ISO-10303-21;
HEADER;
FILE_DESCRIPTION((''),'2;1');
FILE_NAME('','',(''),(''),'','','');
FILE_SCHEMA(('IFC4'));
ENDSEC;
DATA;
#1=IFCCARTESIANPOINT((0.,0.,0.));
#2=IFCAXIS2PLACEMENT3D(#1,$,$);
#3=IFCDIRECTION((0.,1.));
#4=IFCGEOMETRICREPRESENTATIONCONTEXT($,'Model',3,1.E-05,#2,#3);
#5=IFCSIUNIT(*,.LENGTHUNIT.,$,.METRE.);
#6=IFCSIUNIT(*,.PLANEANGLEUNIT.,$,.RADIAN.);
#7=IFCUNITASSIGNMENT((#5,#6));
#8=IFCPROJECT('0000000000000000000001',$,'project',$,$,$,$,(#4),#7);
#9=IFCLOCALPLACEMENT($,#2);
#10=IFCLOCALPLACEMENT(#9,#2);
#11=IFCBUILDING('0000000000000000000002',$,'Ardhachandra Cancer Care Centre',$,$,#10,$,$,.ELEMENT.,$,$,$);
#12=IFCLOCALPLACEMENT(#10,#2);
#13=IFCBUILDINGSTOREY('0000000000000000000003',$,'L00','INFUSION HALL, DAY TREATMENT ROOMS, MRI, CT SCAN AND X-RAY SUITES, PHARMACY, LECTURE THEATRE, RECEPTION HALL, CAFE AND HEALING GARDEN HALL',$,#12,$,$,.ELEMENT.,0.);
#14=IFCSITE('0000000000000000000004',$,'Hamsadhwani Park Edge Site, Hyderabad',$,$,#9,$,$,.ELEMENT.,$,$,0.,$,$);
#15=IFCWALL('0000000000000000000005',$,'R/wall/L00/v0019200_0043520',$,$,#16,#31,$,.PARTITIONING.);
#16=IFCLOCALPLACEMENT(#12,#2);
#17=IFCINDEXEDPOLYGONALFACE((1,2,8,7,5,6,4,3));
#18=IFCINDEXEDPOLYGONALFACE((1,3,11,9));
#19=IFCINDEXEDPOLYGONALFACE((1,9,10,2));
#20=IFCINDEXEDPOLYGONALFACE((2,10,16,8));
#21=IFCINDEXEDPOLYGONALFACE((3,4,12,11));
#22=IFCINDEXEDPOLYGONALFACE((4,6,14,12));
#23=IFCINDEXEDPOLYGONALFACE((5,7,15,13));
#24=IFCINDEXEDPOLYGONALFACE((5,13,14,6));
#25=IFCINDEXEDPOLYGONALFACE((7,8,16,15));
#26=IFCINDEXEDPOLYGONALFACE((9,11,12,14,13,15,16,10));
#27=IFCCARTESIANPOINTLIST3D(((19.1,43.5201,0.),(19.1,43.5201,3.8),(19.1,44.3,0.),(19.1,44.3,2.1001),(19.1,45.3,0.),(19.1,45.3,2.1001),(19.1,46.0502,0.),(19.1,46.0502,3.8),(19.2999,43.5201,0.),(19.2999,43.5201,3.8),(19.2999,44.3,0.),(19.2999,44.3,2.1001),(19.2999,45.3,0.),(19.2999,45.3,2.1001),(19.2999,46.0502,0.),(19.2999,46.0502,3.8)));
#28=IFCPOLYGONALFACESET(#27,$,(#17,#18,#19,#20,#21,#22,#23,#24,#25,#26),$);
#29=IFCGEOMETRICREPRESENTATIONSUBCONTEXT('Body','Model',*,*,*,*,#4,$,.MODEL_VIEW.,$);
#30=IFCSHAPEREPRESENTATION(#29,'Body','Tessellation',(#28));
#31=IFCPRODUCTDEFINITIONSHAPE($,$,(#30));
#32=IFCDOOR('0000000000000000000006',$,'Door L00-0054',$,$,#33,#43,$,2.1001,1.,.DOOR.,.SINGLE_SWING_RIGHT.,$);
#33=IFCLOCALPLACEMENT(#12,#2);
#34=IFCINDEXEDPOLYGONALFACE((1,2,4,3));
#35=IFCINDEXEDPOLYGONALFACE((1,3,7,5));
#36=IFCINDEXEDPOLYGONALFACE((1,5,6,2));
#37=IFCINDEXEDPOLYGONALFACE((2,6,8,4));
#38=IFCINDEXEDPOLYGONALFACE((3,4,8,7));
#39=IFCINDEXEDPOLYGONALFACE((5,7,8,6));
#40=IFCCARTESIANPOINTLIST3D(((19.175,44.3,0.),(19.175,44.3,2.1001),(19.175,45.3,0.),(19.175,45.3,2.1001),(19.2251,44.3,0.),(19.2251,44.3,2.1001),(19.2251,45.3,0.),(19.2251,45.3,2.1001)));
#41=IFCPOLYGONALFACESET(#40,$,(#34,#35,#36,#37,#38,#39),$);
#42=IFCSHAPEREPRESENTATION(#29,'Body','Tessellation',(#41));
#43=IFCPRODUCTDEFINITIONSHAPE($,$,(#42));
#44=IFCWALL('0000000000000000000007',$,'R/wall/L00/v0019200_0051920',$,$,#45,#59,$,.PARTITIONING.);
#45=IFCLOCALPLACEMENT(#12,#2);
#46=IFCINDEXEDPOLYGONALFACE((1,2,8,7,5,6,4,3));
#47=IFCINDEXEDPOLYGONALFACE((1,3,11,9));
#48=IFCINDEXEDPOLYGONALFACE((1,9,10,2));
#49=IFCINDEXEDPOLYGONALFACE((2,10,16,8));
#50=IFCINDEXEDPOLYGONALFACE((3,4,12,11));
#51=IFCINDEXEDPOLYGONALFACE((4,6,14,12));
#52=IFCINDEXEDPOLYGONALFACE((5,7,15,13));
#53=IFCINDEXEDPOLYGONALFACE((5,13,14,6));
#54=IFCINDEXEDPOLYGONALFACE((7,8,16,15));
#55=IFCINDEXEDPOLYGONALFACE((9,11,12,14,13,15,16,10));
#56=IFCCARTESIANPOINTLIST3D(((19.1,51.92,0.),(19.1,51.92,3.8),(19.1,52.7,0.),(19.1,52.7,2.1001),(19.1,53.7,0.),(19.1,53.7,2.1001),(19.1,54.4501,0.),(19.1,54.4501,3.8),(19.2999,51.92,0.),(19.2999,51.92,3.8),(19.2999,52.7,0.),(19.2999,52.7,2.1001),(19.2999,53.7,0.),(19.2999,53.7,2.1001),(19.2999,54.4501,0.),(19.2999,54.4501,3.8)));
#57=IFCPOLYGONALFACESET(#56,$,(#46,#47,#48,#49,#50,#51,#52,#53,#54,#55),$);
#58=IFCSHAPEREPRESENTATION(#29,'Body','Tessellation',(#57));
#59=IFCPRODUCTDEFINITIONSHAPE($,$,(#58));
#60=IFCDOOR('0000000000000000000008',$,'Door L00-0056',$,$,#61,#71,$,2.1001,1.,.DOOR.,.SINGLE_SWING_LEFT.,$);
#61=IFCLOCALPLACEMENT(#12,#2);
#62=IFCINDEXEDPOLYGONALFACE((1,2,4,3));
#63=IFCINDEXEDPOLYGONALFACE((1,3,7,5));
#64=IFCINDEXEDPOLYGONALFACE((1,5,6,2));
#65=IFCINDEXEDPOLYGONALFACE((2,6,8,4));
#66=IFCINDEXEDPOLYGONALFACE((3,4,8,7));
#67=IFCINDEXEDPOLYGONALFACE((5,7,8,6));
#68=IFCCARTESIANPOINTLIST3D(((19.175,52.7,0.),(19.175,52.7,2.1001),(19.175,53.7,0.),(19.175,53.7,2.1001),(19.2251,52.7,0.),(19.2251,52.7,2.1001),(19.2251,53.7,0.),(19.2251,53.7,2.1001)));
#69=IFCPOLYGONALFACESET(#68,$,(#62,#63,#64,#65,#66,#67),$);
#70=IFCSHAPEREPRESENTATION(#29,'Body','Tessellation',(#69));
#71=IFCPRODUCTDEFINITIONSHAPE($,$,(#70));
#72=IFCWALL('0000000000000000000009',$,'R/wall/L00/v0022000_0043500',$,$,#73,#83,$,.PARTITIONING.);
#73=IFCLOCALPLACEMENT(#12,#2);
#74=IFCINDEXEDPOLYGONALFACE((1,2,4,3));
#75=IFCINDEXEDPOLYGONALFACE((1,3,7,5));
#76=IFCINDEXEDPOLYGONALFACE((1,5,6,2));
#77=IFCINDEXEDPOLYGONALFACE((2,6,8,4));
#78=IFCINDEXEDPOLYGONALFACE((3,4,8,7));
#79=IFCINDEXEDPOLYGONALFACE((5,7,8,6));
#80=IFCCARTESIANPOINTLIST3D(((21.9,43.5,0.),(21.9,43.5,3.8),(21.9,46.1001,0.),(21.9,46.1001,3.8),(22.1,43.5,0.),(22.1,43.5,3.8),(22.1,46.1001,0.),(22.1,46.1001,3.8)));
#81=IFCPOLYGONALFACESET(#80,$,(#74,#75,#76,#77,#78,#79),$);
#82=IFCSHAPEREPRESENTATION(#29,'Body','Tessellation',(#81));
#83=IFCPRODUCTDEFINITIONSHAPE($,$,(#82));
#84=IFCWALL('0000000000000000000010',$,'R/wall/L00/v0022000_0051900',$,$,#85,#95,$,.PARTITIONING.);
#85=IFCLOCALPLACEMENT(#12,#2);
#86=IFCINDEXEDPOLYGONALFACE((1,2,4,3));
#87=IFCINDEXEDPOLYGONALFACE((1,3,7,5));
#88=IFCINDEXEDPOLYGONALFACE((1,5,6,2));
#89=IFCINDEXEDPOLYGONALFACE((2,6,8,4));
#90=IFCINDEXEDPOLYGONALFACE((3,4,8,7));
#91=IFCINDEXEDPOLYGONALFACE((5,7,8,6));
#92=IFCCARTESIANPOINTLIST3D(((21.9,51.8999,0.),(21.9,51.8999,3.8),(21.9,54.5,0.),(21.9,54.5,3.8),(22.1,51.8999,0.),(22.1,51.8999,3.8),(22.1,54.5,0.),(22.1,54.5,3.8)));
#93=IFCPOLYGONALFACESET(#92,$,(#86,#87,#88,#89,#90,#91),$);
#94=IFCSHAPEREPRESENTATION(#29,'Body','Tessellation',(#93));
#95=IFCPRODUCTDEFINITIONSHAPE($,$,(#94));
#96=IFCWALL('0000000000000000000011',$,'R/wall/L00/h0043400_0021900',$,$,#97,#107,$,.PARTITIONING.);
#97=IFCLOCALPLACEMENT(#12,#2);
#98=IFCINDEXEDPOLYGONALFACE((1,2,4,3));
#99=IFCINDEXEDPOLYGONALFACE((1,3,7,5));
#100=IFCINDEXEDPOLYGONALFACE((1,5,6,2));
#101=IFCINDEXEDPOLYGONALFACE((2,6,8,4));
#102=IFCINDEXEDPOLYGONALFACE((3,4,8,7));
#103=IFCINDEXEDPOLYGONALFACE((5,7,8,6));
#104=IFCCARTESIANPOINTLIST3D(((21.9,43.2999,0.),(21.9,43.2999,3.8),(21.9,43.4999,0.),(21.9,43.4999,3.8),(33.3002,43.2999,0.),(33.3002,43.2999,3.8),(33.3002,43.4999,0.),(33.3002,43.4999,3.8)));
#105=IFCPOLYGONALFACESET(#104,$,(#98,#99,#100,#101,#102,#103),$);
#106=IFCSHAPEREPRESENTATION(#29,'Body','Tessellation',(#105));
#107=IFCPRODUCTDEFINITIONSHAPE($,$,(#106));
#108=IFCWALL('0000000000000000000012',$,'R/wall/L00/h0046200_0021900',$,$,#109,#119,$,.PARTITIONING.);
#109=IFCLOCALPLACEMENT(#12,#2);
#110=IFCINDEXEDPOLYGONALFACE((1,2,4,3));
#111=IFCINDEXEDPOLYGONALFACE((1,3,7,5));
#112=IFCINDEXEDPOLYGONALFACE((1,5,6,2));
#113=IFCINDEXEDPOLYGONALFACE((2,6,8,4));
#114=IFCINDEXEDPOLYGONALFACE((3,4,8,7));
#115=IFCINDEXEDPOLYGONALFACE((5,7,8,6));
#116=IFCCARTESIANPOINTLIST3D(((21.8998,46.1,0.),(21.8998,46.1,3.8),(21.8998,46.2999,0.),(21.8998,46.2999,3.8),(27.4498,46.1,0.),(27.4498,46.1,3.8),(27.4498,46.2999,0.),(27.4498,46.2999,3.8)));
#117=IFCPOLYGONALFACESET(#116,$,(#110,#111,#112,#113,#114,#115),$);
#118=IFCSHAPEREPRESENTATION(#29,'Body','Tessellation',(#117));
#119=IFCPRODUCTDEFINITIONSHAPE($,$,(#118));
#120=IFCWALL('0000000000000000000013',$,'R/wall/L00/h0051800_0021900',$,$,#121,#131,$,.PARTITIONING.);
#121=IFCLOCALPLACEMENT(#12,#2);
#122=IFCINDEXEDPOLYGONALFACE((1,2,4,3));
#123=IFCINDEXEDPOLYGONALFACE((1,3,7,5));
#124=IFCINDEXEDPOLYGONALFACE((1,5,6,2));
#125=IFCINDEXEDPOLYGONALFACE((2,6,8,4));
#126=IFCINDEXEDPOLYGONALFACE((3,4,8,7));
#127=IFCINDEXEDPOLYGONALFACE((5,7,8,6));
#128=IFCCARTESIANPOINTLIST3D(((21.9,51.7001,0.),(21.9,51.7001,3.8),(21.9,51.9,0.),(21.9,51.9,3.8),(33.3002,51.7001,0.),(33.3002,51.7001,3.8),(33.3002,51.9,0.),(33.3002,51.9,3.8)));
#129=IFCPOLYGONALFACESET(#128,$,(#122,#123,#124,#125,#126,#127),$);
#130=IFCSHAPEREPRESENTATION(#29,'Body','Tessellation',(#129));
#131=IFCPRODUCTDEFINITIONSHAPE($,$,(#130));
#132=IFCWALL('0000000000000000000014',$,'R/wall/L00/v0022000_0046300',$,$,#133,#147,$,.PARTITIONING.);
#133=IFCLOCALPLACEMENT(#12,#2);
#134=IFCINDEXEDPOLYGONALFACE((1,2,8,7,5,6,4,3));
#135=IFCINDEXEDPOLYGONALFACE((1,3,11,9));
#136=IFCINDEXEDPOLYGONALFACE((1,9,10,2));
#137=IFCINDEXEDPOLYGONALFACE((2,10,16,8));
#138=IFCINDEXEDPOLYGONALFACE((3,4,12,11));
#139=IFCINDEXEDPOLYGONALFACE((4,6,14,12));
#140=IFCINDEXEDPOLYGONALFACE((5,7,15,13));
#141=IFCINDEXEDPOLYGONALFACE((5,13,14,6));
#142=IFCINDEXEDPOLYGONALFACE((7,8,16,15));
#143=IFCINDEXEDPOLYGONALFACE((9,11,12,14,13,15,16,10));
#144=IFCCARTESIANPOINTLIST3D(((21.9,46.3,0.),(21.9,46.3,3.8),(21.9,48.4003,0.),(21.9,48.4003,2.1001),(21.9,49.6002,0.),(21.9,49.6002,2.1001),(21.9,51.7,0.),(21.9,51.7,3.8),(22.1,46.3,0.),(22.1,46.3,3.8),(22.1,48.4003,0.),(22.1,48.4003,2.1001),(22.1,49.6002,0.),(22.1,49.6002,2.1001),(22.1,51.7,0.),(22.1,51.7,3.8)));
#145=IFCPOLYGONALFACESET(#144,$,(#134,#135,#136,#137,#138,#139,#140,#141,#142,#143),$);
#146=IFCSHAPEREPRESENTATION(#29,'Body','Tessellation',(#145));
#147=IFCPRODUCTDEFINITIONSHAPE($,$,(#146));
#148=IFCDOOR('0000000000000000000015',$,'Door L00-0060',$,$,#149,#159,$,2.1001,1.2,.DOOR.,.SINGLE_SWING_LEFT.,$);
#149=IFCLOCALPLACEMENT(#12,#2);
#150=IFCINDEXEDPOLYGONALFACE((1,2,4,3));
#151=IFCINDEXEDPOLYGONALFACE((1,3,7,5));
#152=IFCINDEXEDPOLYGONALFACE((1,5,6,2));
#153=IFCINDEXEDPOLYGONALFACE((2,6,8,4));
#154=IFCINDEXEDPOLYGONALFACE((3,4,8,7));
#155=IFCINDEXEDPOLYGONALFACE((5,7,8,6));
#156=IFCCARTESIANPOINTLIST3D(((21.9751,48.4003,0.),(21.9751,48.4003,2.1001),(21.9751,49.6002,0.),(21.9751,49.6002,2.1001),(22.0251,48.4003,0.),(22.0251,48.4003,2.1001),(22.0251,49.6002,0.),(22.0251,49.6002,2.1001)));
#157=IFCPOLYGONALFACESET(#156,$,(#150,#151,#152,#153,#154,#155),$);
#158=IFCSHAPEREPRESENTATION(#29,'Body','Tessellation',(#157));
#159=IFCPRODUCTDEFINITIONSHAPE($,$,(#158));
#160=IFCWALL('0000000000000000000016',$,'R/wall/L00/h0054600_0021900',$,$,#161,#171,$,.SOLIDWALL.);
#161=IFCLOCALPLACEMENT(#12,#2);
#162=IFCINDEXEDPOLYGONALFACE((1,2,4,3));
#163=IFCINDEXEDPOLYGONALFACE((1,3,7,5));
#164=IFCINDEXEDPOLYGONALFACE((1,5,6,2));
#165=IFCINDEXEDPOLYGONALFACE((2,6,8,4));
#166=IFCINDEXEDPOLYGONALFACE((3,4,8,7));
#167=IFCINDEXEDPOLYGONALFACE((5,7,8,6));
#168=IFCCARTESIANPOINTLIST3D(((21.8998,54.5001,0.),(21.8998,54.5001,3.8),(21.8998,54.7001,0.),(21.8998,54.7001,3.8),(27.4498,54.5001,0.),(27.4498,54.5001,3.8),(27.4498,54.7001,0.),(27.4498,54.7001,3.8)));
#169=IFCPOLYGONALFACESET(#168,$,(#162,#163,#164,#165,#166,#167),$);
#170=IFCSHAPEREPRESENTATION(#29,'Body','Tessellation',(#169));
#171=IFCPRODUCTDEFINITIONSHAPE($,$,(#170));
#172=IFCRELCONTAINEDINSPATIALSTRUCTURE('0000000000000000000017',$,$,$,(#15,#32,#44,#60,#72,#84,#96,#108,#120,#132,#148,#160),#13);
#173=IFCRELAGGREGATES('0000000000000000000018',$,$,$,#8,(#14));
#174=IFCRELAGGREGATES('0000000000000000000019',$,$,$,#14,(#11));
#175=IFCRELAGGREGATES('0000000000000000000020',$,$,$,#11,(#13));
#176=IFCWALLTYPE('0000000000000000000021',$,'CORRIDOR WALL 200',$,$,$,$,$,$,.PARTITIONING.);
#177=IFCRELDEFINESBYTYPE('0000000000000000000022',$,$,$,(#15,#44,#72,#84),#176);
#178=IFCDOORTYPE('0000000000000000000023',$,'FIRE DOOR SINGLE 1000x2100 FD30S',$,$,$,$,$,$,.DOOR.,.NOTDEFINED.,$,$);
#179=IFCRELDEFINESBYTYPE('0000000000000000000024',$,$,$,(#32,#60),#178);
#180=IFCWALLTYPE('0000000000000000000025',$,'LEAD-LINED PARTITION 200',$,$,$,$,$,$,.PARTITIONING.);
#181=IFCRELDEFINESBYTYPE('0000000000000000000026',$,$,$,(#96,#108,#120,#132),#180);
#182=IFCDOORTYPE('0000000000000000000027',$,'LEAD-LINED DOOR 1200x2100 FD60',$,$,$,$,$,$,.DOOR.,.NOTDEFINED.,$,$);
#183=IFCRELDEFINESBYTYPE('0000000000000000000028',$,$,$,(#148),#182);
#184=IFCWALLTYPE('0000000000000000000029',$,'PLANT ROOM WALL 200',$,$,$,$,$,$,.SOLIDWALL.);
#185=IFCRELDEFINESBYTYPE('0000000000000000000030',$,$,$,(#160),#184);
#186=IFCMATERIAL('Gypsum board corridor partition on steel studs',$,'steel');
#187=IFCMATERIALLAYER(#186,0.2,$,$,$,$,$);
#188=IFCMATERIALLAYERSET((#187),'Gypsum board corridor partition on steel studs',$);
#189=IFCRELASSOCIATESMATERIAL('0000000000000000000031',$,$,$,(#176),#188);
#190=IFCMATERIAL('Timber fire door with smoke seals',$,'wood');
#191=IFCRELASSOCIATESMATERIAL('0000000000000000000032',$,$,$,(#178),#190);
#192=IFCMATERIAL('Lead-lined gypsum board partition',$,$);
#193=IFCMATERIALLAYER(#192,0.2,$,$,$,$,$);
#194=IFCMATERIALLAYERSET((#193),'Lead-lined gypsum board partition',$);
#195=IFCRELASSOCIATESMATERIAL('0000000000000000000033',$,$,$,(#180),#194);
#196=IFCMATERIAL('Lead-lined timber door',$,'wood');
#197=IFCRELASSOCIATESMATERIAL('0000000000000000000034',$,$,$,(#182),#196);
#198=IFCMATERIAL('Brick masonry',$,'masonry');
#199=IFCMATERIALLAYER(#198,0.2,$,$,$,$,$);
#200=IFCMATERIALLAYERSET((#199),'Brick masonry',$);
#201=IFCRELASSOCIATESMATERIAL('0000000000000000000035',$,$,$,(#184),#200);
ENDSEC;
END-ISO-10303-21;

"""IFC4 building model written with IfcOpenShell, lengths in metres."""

from ifc_helpers import new_model, si_unit, direction, frame, frame_2d, origin, place, context, subcontext, project, spatial, rectangle, extrude, material, layer, layer_set, type_object, element, fill, save


model = new_model("IFC4")

# Units and contexts
model_context = context("Model", 3, precision=1e-05, world=origin(), true_north=direction((0.0, 1.0)))
body_context = subcontext(model_context, "Body", "Model", "MODEL_VIEW")
ifc_project = project(units=[si_unit("LENGTHUNIT", "METRE"), si_unit("PLANEANGLEUNIT", "RADIAN")], contexts=[model_context])

# Site, building, storey
site_placement = place(None, origin())
site = spatial("IfcSite", under=ifc_project, at=site_placement, Name="Hamsadhwani Park Edge Site, Hyderabad", CompositionType="ELEMENT", RefElevation=0.0)
building_placement = place(site_placement, origin())
building = spatial("IfcBuilding", under=site, at=building_placement, Name="Ardhachandra Cancer Care Centre", CompositionType="ELEMENT")
storey_placement = place(building_placement, origin())
storey = spatial("IfcBuildingStorey", under=building, at=storey_placement, Name="L00", Description="INFUSION HALL, DAY TREATMENT ROOMS, MRI, CT SCAN AND X-RAY SUITES, PHARMACY, LECTURE THEATRE, RECEPTION HALL, CAFE AND HEALING GARDEN HALL", CompositionType="ELEMENT", Elevation=0.0)

# Walls, openings, doors
ifc_material_1 = material(Name="Gypsum board corridor partition on steel studs", Category="steel")
ifc_layer_1 = layer(ifc_material_1, 0.2)
ifc_layer_set_1 = layer_set([ifc_layer_1], Name="Gypsum board corridor partition on steel studs")
wall_type_1 = type_object("IfcWallType", Name="CORRIDOR WALL 200", PredefinedType="PARTITIONING", material=ifc_layer_set_1)
wall_1_placement = place(storey_placement, frame((19.2, 43.52, 0.0), z_axis=(0.0, 0.0, 1.0), x_axis=(0.0, 1.0, 0.0)))
wall_1 = element("IfcWall", 1, at=wall_1_placement, inside=storey, type_object=wall_type_1, Name="R/wall/L00/v0019200_0043520", PredefinedType="PARTITIONING", context=body_context, shape_type="SweptSolid", body=[
    extrude(rectangle(XDim=2.53, YDim=0.2, at=frame_2d((1.2651, 0.0))), origin(), (0.0, 0.0, 1.0), 3.8),
])
opening_1_placement = place(wall_1_placement, frame((0.78, 0.0, 0.0)))
opening_1 = element("IfcOpeningElement", 2, at=opening_1_placement, cuts=wall_1, PredefinedType="OPENING", context=body_context, shape_type="SweptSolid", body=[
    extrude(rectangle(XDim=1.0, YDim=2.1001, at=frame_2d((0.5, 1.05))), frame((0.0, 0.1099, 0.0), z_axis=(0.0, -1.0, 0.0), x_axis=(1.0, 0.0, 0.0)), (0.0, 0.0, 1.0), 0.22),
])
ifc_material_2 = material(Name="Timber fire door with smoke seals", Category="wood")
door_type_1 = type_object("IfcDoorType", Name="FIRE DOOR SINGLE 1000x2100 FD30S", OperationType="NOTDEFINED", PredefinedType="DOOR", material=ifc_material_2)
door_1_placement = place(opening_1_placement, origin())
door_1 = element("IfcDoor", 3, at=door_1_placement, inside=storey, type_object=door_type_1, Name="Door L00-0054", OperationType="SINGLE_SWING_RIGHT", OverallHeight=2.1001, OverallWidth=1.0, PredefinedType="DOOR", context=body_context, shape_type="SweptSolid", body=[
    extrude(rectangle(XDim=1.0, YDim=2.1001, at=frame_2d((0.5, 1.05))), frame((0.0, 0.0249, 0.0), z_axis=(0.0, -1.0, 0.0), x_axis=(1.0, 0.0, 0.0)), (0.0, 0.0, 1.0), 0.05),
])
fill(opening_1, door_1)
wall_2_placement = place(storey_placement, frame((19.2, 51.9199, 0.0), z_axis=(0.0, 0.0, 1.0), x_axis=(0.0, 1.0, 0.0)))
wall_2 = element("IfcWall", 4, at=wall_2_placement, inside=storey, type_object=wall_type_1, Name="R/wall/L00/v0019200_0051920", PredefinedType="PARTITIONING", context=body_context, shape_type="SweptSolid", body=[
    extrude(rectangle(XDim=2.53, YDim=0.2, at=frame_2d((1.2651, 0.0))), origin(), (0.0, 0.0, 1.0), 3.8),
])
opening_2_placement = place(wall_2_placement, frame((0.78, 0.0, 0.0)))
opening_2 = element("IfcOpeningElement", 5, at=opening_2_placement, cuts=wall_2, PredefinedType="OPENING", context=body_context, shape_type="SweptSolid", body=[
    extrude(rectangle(XDim=1.0, YDim=2.1001, at=frame_2d((0.5, 1.05))), frame((0.0, 0.1099, 0.0), z_axis=(0.0, -1.0, 0.0), x_axis=(1.0, 0.0, 0.0)), (0.0, 0.0, 1.0), 0.22),
])
door_2_placement = place(opening_2_placement, origin())
door_2 = element("IfcDoor", 6, at=door_2_placement, inside=storey, type_object=door_type_1, Name="Door L00-0056", OperationType="SINGLE_SWING_LEFT", OverallHeight=2.1001, OverallWidth=1.0, PredefinedType="DOOR", context=body_context, shape_type="SweptSolid", body=[
    extrude(rectangle(XDim=1.0, YDim=2.1001, at=frame_2d((0.5, 1.05))), frame((0.0, 0.0249, 0.0), z_axis=(0.0, -1.0, 0.0), x_axis=(1.0, 0.0, 0.0)), (0.0, 0.0, 1.0), 0.05),
])
fill(opening_2, door_2)

# Walls
for number, where, z_axis, x_axis, name in (
    (7, (22.0, 43.5, 0.0), (0.0, 0.0, 1.0), (0.0, 1.0, 0.0), "R/wall/L00/v0022000_0043500"),
    (8, (22.0, 51.8999, 0.0), (0.0, 0.0, 1.0), (0.0, 1.0, 0.0), "R/wall/L00/v0022000_0051900"),
):
    element("IfcWall", number, at=place(storey_placement, frame(where, z_axis=z_axis, x_axis=x_axis)), inside=storey, type_object=wall_type_1, Name=name, PredefinedType="PARTITIONING", context=body_context, shape_type="SweptSolid", body=[
        extrude(rectangle(XDim=2.6001, YDim=0.2, at=frame_2d((1.3, 0.0))), origin(), (0.0, 0.0, 1.0), 3.8),
    ])
ifc_material_3 = material(Name="Lead-lined gypsum board partition")
ifc_layer_2 = layer(ifc_material_3, 0.2)
ifc_layer_set_2 = layer_set([ifc_layer_2], Name="Lead-lined gypsum board partition")
wall_type_2 = type_object("IfcWallType", Name="LEAD-LINED PARTITION 200", PredefinedType="PARTITIONING", material=ifc_layer_set_2)
wall_3_placement = place(storey_placement, frame((21.8999, 43.3999, 0.0), z_axis=(0.0, 0.0, 1.0), x_axis=(1.0, 0.0, 0.0)))
element("IfcWall", 9, at=wall_3_placement, inside=storey, type_object=wall_type_2, Name="R/wall/L00/h0043400_0021900", PredefinedType="PARTITIONING", context=body_context, shape_type="SweptSolid", body=[
    extrude(rectangle(XDim=11.4001, YDim=0.2, at=frame_2d((5.7002, 0.0))), origin(), (0.0, 0.0, 1.0), 3.8),
])
wall_4_placement = place(storey_placement, frame((21.8999, 46.2, 0.0), z_axis=(0.0, 0.0, 1.0), x_axis=(1.0, 0.0, 0.0)))
element("IfcWall", 10, at=wall_4_placement, inside=storey, type_object=wall_type_2, Name="R/wall/L00/h0046200_0021900", PredefinedType="PARTITIONING", context=body_context, shape_type="SweptSolid", body=[
    extrude(rectangle(XDim=5.55, YDim=0.2, at=frame_2d((2.7749, 0.0))), origin(), (0.0, 0.0, 1.0), 3.8),
])
wall_5_placement = place(storey_placement, frame((21.8999, 51.8, 0.0), z_axis=(0.0, 0.0, 1.0), x_axis=(1.0, 0.0, 0.0)))
element("IfcWall", 11, at=wall_5_placement, inside=storey, type_object=wall_type_2, Name="R/wall/L00/h0051800_0021900", PredefinedType="PARTITIONING", context=body_context, shape_type="SweptSolid", body=[
    extrude(rectangle(XDim=11.4001, YDim=0.2, at=frame_2d((5.7002, 0.0))), origin(), (0.0, 0.0, 1.0), 3.8),
])

# Wall, opening, door
wall_6_placement = place(storey_placement, frame((22.0, 46.3, 0.0), z_axis=(0.0, 0.0, 1.0), x_axis=(0.0, 1.0, 0.0)))
wall_6 = element("IfcWall", 12, at=wall_6_placement, inside=storey, type_object=wall_type_2, Name="R/wall/L00/v0022000_0046300", PredefinedType="PARTITIONING", context=body_context, shape_type="SweptSolid", body=[
    extrude(rectangle(XDim=5.3999, YDim=0.2, at=frame_2d((2.7, 0.0))), origin(), (0.0, 0.0, 1.0), 3.8),
])
opening_3_placement = place(wall_6_placement, frame((2.1001, 0.0, 0.0)))
opening_3 = element("IfcOpeningElement", 13, at=opening_3_placement, cuts=wall_6, PredefinedType="OPENING", context=body_context, shape_type="SweptSolid", body=[
    extrude(rectangle(XDim=1.2, YDim=2.1001, at=frame_2d((0.6001, 1.05))), frame((0.0, 0.1099, 0.0), z_axis=(0.0, -1.0, 0.0), x_axis=(1.0, 0.0, 0.0)), (0.0, 0.0, 1.0), 0.22),
])
ifc_material_4 = material(Name="Lead-lined timber door", Category="wood")
door_type_2 = type_object("IfcDoorType", Name="LEAD-LINED DOOR 1200x2100 FD60", OperationType="NOTDEFINED", PredefinedType="DOOR", material=ifc_material_4)
door_3_placement = place(opening_3_placement, origin())
door_3 = element("IfcDoor", 14, at=door_3_placement, inside=storey, type_object=door_type_2, Name="Door L00-0060", OperationType="SINGLE_SWING_LEFT", OverallHeight=2.1001, OverallWidth=1.2, PredefinedType="DOOR", context=body_context, shape_type="SweptSolid", body=[
    extrude(rectangle(XDim=1.2, YDim=2.1001, at=frame_2d((0.6001, 1.05))), frame((0.0, 0.0249, 0.0), z_axis=(0.0, -1.0, 0.0), x_axis=(1.0, 0.0, 0.0)), (0.0, 0.0, 1.0), 0.05),
])
fill(opening_3, door_3)

# Wall
ifc_material_5 = material(Name="Brick masonry", Category="masonry")
ifc_layer_3 = layer(ifc_material_5, 0.2)
ifc_layer_set_3 = layer_set([ifc_layer_3], Name="Brick masonry")
wall_type_3 = type_object("IfcWallType", Name="PLANT ROOM WALL 200", PredefinedType="SOLIDWALL", material=ifc_layer_set_3)
wall_7_placement = place(storey_placement, frame((21.8999, 54.6001, 0.0), z_axis=(0.0, 0.0, 1.0), x_axis=(1.0, 0.0, 0.0)))
element("IfcWall", 15, at=wall_7_placement, inside=storey, type_object=wall_type_3, Name="R/wall/L00/h0054600_0021900", PredefinedType="SOLIDWALL", context=body_context, shape_type="SweptSolid", body=[
    extrude(rectangle(XDim=5.55, YDim=0.2, at=frame_2d((2.7749, 0.0))), origin(), (0.0, 0.0, 1.0), 3.8),
])

save(model, "model.ifc")
